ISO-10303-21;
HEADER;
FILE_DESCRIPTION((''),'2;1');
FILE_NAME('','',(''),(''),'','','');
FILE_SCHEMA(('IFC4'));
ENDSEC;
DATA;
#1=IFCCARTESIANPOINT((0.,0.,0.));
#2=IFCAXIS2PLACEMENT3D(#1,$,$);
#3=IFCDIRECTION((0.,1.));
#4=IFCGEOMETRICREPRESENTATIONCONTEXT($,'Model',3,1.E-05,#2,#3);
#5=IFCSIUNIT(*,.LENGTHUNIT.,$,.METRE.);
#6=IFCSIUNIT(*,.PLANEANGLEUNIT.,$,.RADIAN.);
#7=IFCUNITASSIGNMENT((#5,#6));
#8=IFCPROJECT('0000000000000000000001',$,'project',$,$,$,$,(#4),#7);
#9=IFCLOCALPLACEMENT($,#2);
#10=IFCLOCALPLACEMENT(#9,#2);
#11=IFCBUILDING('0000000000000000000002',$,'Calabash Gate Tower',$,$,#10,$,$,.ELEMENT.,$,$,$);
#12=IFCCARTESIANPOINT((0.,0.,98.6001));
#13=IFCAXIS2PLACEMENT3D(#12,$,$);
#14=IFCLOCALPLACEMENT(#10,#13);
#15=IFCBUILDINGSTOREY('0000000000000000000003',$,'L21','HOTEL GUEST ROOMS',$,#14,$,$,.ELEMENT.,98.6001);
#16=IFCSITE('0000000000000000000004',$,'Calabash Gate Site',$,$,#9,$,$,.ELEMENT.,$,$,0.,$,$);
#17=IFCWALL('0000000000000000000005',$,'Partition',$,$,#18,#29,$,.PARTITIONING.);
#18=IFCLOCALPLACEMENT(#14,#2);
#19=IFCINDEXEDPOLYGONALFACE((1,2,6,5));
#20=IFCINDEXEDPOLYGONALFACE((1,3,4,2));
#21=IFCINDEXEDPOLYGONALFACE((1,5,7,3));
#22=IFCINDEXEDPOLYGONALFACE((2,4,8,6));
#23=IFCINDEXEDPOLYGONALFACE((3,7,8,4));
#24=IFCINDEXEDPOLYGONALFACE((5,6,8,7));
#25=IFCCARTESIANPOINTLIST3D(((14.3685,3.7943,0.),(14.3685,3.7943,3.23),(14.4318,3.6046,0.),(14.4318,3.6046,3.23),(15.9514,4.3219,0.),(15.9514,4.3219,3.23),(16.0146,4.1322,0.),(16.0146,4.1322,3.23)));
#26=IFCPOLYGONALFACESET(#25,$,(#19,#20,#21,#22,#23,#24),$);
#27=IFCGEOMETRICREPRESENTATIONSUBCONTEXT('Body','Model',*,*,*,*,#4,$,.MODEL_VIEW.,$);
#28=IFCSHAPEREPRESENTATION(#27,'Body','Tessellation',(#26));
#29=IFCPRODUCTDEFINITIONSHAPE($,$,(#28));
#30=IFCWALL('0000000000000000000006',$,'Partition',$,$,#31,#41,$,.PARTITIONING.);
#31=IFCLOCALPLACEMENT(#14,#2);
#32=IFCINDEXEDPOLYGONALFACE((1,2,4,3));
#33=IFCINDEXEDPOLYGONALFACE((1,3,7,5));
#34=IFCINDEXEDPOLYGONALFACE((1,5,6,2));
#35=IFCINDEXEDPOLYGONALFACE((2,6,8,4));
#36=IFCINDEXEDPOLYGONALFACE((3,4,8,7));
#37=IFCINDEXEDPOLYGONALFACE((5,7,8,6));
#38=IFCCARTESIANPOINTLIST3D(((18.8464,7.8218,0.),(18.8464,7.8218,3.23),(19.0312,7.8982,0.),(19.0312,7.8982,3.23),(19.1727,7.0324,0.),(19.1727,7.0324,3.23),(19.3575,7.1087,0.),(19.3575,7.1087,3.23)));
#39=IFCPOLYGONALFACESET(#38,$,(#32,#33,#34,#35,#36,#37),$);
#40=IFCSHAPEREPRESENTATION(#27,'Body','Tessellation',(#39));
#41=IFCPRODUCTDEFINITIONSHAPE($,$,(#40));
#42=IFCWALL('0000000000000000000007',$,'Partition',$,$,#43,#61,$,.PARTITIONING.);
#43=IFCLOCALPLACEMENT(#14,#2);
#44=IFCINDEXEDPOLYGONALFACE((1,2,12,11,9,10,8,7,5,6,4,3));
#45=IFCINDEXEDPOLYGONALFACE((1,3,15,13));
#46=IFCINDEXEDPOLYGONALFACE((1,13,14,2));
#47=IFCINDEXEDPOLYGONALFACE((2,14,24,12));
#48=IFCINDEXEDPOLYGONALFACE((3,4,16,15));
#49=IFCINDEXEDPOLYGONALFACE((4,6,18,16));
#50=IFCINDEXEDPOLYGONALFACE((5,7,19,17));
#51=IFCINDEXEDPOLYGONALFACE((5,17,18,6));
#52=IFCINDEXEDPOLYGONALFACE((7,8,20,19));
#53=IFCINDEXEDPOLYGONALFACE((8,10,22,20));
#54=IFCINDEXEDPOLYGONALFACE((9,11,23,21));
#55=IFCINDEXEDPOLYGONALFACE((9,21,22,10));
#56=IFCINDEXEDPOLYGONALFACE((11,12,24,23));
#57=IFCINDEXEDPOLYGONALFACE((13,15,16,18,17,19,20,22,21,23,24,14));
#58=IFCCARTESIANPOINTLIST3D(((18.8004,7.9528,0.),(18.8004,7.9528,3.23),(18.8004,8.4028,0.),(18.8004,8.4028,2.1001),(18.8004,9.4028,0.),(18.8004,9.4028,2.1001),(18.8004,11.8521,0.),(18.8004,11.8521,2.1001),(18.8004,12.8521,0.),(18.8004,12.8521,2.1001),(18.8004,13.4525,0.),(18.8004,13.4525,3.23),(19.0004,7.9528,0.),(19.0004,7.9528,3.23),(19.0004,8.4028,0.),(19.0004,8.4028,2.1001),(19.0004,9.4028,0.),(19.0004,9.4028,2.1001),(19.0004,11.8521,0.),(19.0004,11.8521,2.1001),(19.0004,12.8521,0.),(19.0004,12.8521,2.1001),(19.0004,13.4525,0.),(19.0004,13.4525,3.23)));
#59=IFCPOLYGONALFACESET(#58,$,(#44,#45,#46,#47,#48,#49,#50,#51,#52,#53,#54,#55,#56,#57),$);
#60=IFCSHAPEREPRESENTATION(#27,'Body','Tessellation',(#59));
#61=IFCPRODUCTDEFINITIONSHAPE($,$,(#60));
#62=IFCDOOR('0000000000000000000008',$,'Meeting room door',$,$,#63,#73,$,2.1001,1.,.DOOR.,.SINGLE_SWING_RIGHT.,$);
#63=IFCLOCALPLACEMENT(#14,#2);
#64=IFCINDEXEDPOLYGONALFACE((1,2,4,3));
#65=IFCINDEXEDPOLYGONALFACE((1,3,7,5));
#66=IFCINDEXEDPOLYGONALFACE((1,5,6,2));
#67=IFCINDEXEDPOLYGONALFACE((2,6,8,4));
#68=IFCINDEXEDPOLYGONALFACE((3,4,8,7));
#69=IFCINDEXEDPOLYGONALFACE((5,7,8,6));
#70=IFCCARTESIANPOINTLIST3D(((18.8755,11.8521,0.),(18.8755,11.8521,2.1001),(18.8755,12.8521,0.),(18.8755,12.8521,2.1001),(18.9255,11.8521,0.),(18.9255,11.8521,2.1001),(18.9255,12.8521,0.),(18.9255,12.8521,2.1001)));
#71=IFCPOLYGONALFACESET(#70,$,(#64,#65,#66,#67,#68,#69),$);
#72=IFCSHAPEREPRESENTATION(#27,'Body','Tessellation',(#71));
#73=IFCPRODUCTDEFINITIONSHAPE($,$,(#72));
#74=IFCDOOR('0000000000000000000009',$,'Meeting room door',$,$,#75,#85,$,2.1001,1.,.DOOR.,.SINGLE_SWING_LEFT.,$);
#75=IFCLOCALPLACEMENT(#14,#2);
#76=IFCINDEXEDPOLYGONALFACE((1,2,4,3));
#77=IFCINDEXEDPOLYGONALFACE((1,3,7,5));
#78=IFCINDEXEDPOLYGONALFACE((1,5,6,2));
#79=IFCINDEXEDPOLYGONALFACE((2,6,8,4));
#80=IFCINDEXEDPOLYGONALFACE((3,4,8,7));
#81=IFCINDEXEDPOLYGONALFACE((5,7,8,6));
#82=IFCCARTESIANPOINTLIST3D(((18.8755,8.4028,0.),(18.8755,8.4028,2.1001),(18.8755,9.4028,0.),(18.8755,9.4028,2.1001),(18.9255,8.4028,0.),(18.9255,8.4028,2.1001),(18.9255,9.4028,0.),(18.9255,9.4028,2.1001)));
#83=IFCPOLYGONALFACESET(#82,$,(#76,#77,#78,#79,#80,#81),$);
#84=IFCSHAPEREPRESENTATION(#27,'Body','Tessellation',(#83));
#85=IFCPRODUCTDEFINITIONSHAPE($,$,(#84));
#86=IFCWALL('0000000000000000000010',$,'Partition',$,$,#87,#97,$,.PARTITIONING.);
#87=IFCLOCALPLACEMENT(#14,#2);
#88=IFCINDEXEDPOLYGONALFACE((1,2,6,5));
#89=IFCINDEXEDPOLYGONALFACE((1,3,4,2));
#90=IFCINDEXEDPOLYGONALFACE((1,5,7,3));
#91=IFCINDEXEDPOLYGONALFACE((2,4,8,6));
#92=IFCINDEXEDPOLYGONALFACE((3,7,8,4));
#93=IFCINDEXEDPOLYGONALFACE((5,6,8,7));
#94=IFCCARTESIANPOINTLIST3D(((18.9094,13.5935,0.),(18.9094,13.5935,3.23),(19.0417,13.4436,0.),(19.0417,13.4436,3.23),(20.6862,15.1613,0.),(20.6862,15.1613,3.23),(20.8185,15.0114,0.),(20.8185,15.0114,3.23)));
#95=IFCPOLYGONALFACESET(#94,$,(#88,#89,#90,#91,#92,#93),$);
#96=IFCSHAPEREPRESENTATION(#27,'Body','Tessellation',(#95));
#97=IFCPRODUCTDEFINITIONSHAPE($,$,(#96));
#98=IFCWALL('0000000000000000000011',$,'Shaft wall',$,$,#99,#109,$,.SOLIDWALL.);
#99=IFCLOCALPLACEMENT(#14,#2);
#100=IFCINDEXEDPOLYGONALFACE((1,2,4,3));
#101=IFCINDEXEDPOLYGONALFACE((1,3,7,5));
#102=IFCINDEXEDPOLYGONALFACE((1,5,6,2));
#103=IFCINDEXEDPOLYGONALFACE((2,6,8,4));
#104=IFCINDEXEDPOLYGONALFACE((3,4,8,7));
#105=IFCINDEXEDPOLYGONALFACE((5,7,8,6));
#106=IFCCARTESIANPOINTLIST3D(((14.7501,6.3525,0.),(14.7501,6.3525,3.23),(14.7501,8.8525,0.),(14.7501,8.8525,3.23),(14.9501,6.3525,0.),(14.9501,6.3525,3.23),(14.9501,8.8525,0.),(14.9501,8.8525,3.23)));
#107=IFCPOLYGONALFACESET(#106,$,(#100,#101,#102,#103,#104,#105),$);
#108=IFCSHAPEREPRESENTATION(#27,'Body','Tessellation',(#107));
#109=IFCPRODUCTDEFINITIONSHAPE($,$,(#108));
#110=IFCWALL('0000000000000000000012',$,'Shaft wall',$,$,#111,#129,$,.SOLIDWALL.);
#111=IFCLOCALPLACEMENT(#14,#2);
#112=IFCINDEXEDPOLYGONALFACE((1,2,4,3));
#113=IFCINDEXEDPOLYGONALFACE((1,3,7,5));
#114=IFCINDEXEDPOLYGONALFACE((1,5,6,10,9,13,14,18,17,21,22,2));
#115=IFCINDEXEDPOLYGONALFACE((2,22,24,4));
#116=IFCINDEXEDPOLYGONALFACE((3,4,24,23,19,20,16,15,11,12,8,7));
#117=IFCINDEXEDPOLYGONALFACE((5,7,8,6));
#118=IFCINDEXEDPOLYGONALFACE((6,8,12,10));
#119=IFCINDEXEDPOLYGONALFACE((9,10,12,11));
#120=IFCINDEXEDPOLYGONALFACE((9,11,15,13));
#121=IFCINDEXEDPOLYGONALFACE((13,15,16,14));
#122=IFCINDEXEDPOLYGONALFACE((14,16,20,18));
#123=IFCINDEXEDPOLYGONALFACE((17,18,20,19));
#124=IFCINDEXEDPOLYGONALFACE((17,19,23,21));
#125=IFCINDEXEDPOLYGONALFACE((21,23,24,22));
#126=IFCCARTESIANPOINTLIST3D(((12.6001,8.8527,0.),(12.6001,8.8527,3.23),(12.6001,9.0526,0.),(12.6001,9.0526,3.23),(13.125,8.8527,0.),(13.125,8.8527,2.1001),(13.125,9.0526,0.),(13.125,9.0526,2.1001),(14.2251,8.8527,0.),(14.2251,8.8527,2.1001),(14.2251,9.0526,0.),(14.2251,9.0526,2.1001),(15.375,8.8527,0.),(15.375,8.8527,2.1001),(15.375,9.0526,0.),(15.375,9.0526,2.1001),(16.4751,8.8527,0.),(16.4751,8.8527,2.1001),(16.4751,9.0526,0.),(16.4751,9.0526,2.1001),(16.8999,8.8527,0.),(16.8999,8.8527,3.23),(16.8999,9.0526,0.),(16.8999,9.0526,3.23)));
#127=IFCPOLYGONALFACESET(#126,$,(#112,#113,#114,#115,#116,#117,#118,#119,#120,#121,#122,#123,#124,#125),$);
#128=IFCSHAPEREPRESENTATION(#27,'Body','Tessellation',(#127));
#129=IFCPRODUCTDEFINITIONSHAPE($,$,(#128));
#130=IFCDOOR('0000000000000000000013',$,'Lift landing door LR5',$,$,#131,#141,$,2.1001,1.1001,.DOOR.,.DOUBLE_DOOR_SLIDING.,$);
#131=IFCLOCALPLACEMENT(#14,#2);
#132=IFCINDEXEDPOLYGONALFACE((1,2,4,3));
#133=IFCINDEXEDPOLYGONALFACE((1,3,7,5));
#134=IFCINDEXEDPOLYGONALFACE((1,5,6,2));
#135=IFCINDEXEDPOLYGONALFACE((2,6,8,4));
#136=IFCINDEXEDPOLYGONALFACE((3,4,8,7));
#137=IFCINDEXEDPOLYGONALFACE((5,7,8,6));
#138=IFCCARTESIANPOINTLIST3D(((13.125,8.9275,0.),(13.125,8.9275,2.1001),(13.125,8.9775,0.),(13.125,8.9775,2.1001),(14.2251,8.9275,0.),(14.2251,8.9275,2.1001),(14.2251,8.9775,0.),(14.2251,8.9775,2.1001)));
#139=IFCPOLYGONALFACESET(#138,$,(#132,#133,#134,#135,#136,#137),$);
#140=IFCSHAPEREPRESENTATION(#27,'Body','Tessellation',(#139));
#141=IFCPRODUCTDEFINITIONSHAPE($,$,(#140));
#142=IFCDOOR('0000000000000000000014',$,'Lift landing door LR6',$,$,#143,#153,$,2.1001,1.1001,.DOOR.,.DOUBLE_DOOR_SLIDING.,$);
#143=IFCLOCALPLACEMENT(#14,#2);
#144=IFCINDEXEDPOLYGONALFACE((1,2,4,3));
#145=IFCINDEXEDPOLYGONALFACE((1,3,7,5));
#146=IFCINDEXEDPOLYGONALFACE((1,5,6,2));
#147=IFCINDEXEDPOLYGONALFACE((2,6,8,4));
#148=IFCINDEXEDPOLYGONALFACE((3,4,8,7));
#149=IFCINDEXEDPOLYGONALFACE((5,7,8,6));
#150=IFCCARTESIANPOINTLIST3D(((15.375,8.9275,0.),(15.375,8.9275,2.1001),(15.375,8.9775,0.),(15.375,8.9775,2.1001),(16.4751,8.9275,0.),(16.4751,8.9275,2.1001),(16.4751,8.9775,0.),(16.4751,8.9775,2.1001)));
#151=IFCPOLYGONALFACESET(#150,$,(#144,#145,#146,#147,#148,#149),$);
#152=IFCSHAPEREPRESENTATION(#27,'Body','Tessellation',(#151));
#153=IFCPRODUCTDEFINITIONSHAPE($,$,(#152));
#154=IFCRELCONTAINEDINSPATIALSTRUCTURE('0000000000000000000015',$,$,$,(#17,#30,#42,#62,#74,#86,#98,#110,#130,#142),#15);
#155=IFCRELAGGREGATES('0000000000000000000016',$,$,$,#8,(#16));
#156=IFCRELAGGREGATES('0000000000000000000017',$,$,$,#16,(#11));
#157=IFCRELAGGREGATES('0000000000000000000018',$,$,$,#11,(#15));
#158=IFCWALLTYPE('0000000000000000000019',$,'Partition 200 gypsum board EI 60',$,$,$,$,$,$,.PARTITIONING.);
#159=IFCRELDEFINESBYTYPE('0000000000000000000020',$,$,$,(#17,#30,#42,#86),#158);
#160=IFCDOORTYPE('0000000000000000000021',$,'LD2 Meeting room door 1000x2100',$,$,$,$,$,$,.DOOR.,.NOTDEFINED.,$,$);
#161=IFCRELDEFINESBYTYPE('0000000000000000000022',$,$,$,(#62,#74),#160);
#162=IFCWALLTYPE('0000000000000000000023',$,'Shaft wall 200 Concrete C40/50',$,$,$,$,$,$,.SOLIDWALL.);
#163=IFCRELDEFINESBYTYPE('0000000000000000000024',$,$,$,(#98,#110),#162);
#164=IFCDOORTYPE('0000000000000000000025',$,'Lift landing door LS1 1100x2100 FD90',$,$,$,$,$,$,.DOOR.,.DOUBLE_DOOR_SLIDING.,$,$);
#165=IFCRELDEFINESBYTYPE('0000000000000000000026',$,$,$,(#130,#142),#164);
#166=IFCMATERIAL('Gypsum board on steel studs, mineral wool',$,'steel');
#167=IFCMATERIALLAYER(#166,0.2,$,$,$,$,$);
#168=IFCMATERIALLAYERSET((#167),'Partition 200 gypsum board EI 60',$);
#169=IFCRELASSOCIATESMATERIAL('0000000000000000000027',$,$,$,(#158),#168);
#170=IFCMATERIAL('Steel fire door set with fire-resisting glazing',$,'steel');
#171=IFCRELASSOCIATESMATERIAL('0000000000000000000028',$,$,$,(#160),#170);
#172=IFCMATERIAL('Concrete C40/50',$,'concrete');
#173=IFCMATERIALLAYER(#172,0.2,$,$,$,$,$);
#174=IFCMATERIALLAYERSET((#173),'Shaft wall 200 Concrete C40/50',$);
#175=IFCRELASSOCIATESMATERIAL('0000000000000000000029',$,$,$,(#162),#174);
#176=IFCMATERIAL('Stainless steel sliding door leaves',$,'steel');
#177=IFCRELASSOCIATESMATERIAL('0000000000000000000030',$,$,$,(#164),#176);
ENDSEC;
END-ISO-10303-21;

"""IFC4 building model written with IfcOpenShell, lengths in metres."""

from ifc_helpers import new_model, si_unit, direction, frame, frame_2d, origin, place, context, subcontext, project, spatial, rectangle, extrude, material, layer, layer_set, type_object, element, fill, save


model = new_model("IFC4")

# Units and contexts
model_context = context("Model", 3, precision=1e-05, world=origin(), true_north=direction((0.0, 1.0)))
body_context = subcontext(model_context, "Body", "Model", "MODEL_VIEW")
ifc_project = project(units=[si_unit("LENGTHUNIT", "METRE"), si_unit("PLANEANGLEUNIT", "RADIAN")], contexts=[model_context])

# Site, building, storey
site_placement = place(None, origin())
site = spatial("IfcSite", under=ifc_project, at=site_placement, Name="Calabash Gate Site", CompositionType="ELEMENT", RefElevation=0.0)
building_placement = place(site_placement, origin())
building = spatial("IfcBuilding", under=site, at=building_placement, Name="Calabash Gate Tower", CompositionType="ELEMENT")
storey_placement = place(building_placement, frame((0.0, 0.0, 98.6001)))
storey = spatial("IfcBuildingStorey", under=building, at=storey_placement, Name="L21", Description="HOTEL GUEST ROOMS", CompositionType="ELEMENT", Elevation=98.6001)

# Walls
ifc_material_1 = material(Name="Gypsum board on steel studs, mineral wool", Category="steel")
ifc_layer_1 = layer(ifc_material_1, 0.2)
ifc_layer_set_1 = layer_set([ifc_layer_1], Name="Partition 200 gypsum board EI 60")
wall_type_1 = type_object("IfcWallType", Name="Partition 200 gypsum board EI 60", PredefinedType="PARTITIONING", material=ifc_layer_set_1)
wall_1_placement = place(storey_placement, frame((14.4001, 3.6995, 0.0), z_axis=(0.0, 0.0, 1.0), x_axis=(0.948683, 0.316228, 0.0)))
element("IfcWall", 1, at=wall_1_placement, inside=storey, type_object=wall_type_1, Name="Partition", PredefinedType="PARTITIONING", context=body_context, shape_type="SweptSolid", body=[
    extrude(rectangle(XDim=1.6685, YDim=0.2, at=frame_2d((0.8342, 0.0))), origin(), (0.0, 0.0, 1.0), 3.23),
])
wall_2_placement = place(storey_placement, frame((18.9387, 7.8601, 0.0), z_axis=(0.0, 0.0, 1.0), x_axis=(0.382057, -0.924139, 0.0)))
element("IfcWall", 2, at=wall_2_placement, inside=storey, type_object=wall_type_1, Name="Partition", PredefinedType="PARTITIONING", context=body_context, shape_type="SweptSolid", body=[
    extrude(rectangle(XDim=0.8542, YDim=0.2, at=frame_2d((0.4272, 0.0))), origin(), (0.0, 0.0, 1.0), 3.23),
])

# Wall, openings, doors
wall_3_placement = place(storey_placement, frame((18.9004, 7.9526, 0.0), z_axis=(0.0, 0.0, 1.0), x_axis=(0.0, 1.0, 0.0)))
wall_3 = element("IfcWall", 3, at=wall_3_placement, inside=storey, type_object=wall_type_1, Name="Partition", PredefinedType="PARTITIONING", context=body_context, shape_type="SweptSolid", body=[
    extrude(rectangle(XDim=5.4998, YDim=0.2, at=frame_2d((2.75, 0.0))), origin(), (0.0, 0.0, 1.0), 3.23),
])
opening_1_placement = place(wall_3_placement, frame((3.8994, 0.0, 0.0)))
opening_1 = element("IfcOpeningElement", 4, at=opening_1_placement, cuts=wall_3, PredefinedType="OPENING", context=body_context, shape_type="SweptSolid", body=[
    extrude(rectangle(XDim=1.0, YDim=2.1001, at=frame_2d((0.5, 1.05))), frame((0.0, 0.1099, 0.0), z_axis=(0.0, -1.0, 0.0), x_axis=(1.0, 0.0, 0.0)), (0.0, 0.0, 1.0), 0.22),
])
opening_2_placement = place(wall_3_placement, frame((0.4502, 0.0, 0.0)))
opening_2 = element("IfcOpeningElement", 5, at=opening_2_placement, cuts=wall_3, PredefinedType="OPENING", context=body_context, shape_type="SweptSolid", body=[
    extrude(rectangle(XDim=1.0, YDim=2.1001, at=frame_2d((0.5, 1.05))), frame((0.0, 0.1099, 0.0), z_axis=(0.0, -1.0, 0.0), x_axis=(1.0, 0.0, 0.0)), (0.0, 0.0, 1.0), 0.22),
])
ifc_material_2 = material(Name="Steel fire door set with fire-resisting glazing", Category="steel")
door_type_1 = type_object("IfcDoorType", Name="LD2 Meeting room door 1000x2100", OperationType="NOTDEFINED", PredefinedType="DOOR", material=ifc_material_2)
door_1_placement = place(opening_1_placement, origin())
door_1 = element("IfcDoor", 6, at=door_1_placement, inside=storey, type_object=door_type_1, Name="Meeting room door", OperationType="SINGLE_SWING_RIGHT", OverallHeight=2.1001, OverallWidth=1.0, PredefinedType="DOOR", context=body_context, shape_type="SweptSolid", body=[
    extrude(rectangle(XDim=1.0, YDim=2.1001, at=frame_2d((0.5, 1.05))), frame((0.0, 0.0249, 0.0), z_axis=(0.0, -1.0, 0.0), x_axis=(1.0, 0.0, 0.0)), (0.0, 0.0, 1.0), 0.05),
])
fill(opening_1, door_1)
door_2_placement = place(opening_2_placement, origin())
door_2 = element("IfcDoor", 7, at=door_2_placement, inside=storey, type_object=door_type_1, Name="Meeting room door", OperationType="SINGLE_SWING_LEFT", OverallHeight=2.1001, OverallWidth=1.0, PredefinedType="DOOR", context=body_context, shape_type="SweptSolid", body=[
    extrude(rectangle(XDim=1.0, YDim=2.1001, at=frame_2d((0.5, 1.05))), frame((0.0, 0.0249, 0.0), z_axis=(0.0, -1.0, 0.0), x_axis=(1.0, 0.0, 0.0)), (0.0, 0.0, 1.0), 0.05),
])
fill(opening_2, door_2)

# Walls
wall_4_placement = place(storey_placement, frame((18.9756, 13.5186, 0.0), z_axis=(0.0, 0.0, 1.0), x_axis=(0.749826, 0.661635, 0.0)))
element("IfcWall", 8, at=wall_4_placement, inside=storey, type_object=wall_type_1, Name="Partition", PredefinedType="PARTITIONING", context=body_context, shape_type="SweptSolid", body=[
    extrude(rectangle(XDim=2.3696, YDim=0.2, at=frame_2d((1.1848, 0.0))), origin(), (0.0, 0.0, 1.0), 3.23),
])
ifc_material_3 = material(Name="Concrete C40/50", Category="concrete")
ifc_layer_2 = layer(ifc_material_3, 0.2)
ifc_layer_set_2 = layer_set([ifc_layer_2], Name="Shaft wall 200 Concrete C40/50")
wall_type_2 = type_object("IfcWallType", Name="Shaft wall 200 Concrete C40/50", PredefinedType="SOLIDWALL", material=ifc_layer_set_2)
wall_5_placement = place(storey_placement, frame((14.8501, 6.3525, 0.0), z_axis=(0.0, 0.0, 1.0), x_axis=(0.0, 1.0, 0.0)))
element("IfcWall", 9, at=wall_5_placement, inside=storey, type_object=wall_type_2, Name="Shaft wall", PredefinedType="SOLIDWALL", context=body_context, shape_type="SweptSolid", body=[
    extrude(rectangle(XDim=2.5, YDim=0.2, at=frame_2d((1.25, 0.0))), origin(), (0.0, 0.0, 1.0), 3.23),
])

# Wall, openings, doors
wall_6_placement = place(storey_placement, frame((12.6001, 8.9526, 0.0), z_axis=(0.0, 0.0, 1.0), x_axis=(1.0, 0.0, 0.0)))
wall_6 = element("IfcWall", 10, at=wall_6_placement, inside=storey, type_object=wall_type_2, Name="Shaft wall", PredefinedType="SOLIDWALL", context=body_context, shape_type="SweptSolid", body=[
    extrude(rectangle(XDim=4.2998, YDim=0.2, at=frame_2d((2.1499, 0.0))), origin(), (0.0, 0.0, 1.0), 3.23),
])
opening_3_placement = place(wall_6_placement, frame((0.5249, 0.0, 0.0)))
opening_3 = element("IfcOpeningElement", 11, at=opening_3_placement, cuts=wall_6, PredefinedType="OPENING", context=body_context, shape_type="SweptSolid", body=[
    extrude(rectangle(XDim=1.1001, YDim=2.1001, at=frame_2d((0.55, 1.05))), frame((0.0, 0.1099, 0.0), z_axis=(0.0, -1.0, 0.0), x_axis=(1.0, 0.0, 0.0)), (0.0, 0.0, 1.0), 0.22),
])
opening_4_placement = place(wall_6_placement, frame((2.7749, 0.0, 0.0)))
opening_4 = element("IfcOpeningElement", 12, at=opening_4_placement, cuts=wall_6, PredefinedType="OPENING", context=body_context, shape_type="SweptSolid", body=[
    extrude(rectangle(XDim=1.1001, YDim=2.1001, at=frame_2d((0.55, 1.05))), frame((0.0, 0.1099, 0.0), z_axis=(0.0, -1.0, 0.0), x_axis=(1.0, 0.0, 0.0)), (0.0, 0.0, 1.0), 0.22),
])
ifc_material_4 = material(Name="Stainless steel sliding door leaves", Category="steel")
door_type_2 = type_object("IfcDoorType", Name="Lift landing door LS1 1100x2100 FD90", OperationType="DOUBLE_DOOR_SLIDING", PredefinedType="DOOR", material=ifc_material_4)
door_3_placement = place(opening_3_placement, origin())
door_3 = element("IfcDoor", 13, at=door_3_placement, inside=storey, type_object=door_type_2, Name="Lift landing door LR5", OperationType="DOUBLE_DOOR_SLIDING", OverallHeight=2.1001, OverallWidth=1.1001, PredefinedType="DOOR", context=body_context, shape_type="SweptSolid", body=[
    extrude(rectangle(XDim=1.1001, YDim=2.1001, at=frame_2d((0.55, 1.05))), frame((0.0, 0.0249, 0.0), z_axis=(0.0, -1.0, 0.0), x_axis=(1.0, 0.0, 0.0)), (0.0, 0.0, 1.0), 0.05),
])
fill(opening_3, door_3)
door_4_placement = place(opening_4_placement, origin())
door_4 = element("IfcDoor", 14, at=door_4_placement, inside=storey, type_object=door_type_2, Name="Lift landing door LR6", OperationType="DOUBLE_DOOR_SLIDING", OverallHeight=2.1001, OverallWidth=1.1001, PredefinedType="DOOR", context=body_context, shape_type="SweptSolid", body=[
    extrude(rectangle(XDim=1.1001, YDim=2.1001, at=frame_2d((0.55, 1.05))), frame((0.0, 0.0249, 0.0), z_axis=(0.0, -1.0, 0.0), x_axis=(1.0, 0.0, 0.0)), (0.0, 0.0, 1.0), 0.05),
])
fill(opening_4, door_4)

save(model, "model.ifc")
